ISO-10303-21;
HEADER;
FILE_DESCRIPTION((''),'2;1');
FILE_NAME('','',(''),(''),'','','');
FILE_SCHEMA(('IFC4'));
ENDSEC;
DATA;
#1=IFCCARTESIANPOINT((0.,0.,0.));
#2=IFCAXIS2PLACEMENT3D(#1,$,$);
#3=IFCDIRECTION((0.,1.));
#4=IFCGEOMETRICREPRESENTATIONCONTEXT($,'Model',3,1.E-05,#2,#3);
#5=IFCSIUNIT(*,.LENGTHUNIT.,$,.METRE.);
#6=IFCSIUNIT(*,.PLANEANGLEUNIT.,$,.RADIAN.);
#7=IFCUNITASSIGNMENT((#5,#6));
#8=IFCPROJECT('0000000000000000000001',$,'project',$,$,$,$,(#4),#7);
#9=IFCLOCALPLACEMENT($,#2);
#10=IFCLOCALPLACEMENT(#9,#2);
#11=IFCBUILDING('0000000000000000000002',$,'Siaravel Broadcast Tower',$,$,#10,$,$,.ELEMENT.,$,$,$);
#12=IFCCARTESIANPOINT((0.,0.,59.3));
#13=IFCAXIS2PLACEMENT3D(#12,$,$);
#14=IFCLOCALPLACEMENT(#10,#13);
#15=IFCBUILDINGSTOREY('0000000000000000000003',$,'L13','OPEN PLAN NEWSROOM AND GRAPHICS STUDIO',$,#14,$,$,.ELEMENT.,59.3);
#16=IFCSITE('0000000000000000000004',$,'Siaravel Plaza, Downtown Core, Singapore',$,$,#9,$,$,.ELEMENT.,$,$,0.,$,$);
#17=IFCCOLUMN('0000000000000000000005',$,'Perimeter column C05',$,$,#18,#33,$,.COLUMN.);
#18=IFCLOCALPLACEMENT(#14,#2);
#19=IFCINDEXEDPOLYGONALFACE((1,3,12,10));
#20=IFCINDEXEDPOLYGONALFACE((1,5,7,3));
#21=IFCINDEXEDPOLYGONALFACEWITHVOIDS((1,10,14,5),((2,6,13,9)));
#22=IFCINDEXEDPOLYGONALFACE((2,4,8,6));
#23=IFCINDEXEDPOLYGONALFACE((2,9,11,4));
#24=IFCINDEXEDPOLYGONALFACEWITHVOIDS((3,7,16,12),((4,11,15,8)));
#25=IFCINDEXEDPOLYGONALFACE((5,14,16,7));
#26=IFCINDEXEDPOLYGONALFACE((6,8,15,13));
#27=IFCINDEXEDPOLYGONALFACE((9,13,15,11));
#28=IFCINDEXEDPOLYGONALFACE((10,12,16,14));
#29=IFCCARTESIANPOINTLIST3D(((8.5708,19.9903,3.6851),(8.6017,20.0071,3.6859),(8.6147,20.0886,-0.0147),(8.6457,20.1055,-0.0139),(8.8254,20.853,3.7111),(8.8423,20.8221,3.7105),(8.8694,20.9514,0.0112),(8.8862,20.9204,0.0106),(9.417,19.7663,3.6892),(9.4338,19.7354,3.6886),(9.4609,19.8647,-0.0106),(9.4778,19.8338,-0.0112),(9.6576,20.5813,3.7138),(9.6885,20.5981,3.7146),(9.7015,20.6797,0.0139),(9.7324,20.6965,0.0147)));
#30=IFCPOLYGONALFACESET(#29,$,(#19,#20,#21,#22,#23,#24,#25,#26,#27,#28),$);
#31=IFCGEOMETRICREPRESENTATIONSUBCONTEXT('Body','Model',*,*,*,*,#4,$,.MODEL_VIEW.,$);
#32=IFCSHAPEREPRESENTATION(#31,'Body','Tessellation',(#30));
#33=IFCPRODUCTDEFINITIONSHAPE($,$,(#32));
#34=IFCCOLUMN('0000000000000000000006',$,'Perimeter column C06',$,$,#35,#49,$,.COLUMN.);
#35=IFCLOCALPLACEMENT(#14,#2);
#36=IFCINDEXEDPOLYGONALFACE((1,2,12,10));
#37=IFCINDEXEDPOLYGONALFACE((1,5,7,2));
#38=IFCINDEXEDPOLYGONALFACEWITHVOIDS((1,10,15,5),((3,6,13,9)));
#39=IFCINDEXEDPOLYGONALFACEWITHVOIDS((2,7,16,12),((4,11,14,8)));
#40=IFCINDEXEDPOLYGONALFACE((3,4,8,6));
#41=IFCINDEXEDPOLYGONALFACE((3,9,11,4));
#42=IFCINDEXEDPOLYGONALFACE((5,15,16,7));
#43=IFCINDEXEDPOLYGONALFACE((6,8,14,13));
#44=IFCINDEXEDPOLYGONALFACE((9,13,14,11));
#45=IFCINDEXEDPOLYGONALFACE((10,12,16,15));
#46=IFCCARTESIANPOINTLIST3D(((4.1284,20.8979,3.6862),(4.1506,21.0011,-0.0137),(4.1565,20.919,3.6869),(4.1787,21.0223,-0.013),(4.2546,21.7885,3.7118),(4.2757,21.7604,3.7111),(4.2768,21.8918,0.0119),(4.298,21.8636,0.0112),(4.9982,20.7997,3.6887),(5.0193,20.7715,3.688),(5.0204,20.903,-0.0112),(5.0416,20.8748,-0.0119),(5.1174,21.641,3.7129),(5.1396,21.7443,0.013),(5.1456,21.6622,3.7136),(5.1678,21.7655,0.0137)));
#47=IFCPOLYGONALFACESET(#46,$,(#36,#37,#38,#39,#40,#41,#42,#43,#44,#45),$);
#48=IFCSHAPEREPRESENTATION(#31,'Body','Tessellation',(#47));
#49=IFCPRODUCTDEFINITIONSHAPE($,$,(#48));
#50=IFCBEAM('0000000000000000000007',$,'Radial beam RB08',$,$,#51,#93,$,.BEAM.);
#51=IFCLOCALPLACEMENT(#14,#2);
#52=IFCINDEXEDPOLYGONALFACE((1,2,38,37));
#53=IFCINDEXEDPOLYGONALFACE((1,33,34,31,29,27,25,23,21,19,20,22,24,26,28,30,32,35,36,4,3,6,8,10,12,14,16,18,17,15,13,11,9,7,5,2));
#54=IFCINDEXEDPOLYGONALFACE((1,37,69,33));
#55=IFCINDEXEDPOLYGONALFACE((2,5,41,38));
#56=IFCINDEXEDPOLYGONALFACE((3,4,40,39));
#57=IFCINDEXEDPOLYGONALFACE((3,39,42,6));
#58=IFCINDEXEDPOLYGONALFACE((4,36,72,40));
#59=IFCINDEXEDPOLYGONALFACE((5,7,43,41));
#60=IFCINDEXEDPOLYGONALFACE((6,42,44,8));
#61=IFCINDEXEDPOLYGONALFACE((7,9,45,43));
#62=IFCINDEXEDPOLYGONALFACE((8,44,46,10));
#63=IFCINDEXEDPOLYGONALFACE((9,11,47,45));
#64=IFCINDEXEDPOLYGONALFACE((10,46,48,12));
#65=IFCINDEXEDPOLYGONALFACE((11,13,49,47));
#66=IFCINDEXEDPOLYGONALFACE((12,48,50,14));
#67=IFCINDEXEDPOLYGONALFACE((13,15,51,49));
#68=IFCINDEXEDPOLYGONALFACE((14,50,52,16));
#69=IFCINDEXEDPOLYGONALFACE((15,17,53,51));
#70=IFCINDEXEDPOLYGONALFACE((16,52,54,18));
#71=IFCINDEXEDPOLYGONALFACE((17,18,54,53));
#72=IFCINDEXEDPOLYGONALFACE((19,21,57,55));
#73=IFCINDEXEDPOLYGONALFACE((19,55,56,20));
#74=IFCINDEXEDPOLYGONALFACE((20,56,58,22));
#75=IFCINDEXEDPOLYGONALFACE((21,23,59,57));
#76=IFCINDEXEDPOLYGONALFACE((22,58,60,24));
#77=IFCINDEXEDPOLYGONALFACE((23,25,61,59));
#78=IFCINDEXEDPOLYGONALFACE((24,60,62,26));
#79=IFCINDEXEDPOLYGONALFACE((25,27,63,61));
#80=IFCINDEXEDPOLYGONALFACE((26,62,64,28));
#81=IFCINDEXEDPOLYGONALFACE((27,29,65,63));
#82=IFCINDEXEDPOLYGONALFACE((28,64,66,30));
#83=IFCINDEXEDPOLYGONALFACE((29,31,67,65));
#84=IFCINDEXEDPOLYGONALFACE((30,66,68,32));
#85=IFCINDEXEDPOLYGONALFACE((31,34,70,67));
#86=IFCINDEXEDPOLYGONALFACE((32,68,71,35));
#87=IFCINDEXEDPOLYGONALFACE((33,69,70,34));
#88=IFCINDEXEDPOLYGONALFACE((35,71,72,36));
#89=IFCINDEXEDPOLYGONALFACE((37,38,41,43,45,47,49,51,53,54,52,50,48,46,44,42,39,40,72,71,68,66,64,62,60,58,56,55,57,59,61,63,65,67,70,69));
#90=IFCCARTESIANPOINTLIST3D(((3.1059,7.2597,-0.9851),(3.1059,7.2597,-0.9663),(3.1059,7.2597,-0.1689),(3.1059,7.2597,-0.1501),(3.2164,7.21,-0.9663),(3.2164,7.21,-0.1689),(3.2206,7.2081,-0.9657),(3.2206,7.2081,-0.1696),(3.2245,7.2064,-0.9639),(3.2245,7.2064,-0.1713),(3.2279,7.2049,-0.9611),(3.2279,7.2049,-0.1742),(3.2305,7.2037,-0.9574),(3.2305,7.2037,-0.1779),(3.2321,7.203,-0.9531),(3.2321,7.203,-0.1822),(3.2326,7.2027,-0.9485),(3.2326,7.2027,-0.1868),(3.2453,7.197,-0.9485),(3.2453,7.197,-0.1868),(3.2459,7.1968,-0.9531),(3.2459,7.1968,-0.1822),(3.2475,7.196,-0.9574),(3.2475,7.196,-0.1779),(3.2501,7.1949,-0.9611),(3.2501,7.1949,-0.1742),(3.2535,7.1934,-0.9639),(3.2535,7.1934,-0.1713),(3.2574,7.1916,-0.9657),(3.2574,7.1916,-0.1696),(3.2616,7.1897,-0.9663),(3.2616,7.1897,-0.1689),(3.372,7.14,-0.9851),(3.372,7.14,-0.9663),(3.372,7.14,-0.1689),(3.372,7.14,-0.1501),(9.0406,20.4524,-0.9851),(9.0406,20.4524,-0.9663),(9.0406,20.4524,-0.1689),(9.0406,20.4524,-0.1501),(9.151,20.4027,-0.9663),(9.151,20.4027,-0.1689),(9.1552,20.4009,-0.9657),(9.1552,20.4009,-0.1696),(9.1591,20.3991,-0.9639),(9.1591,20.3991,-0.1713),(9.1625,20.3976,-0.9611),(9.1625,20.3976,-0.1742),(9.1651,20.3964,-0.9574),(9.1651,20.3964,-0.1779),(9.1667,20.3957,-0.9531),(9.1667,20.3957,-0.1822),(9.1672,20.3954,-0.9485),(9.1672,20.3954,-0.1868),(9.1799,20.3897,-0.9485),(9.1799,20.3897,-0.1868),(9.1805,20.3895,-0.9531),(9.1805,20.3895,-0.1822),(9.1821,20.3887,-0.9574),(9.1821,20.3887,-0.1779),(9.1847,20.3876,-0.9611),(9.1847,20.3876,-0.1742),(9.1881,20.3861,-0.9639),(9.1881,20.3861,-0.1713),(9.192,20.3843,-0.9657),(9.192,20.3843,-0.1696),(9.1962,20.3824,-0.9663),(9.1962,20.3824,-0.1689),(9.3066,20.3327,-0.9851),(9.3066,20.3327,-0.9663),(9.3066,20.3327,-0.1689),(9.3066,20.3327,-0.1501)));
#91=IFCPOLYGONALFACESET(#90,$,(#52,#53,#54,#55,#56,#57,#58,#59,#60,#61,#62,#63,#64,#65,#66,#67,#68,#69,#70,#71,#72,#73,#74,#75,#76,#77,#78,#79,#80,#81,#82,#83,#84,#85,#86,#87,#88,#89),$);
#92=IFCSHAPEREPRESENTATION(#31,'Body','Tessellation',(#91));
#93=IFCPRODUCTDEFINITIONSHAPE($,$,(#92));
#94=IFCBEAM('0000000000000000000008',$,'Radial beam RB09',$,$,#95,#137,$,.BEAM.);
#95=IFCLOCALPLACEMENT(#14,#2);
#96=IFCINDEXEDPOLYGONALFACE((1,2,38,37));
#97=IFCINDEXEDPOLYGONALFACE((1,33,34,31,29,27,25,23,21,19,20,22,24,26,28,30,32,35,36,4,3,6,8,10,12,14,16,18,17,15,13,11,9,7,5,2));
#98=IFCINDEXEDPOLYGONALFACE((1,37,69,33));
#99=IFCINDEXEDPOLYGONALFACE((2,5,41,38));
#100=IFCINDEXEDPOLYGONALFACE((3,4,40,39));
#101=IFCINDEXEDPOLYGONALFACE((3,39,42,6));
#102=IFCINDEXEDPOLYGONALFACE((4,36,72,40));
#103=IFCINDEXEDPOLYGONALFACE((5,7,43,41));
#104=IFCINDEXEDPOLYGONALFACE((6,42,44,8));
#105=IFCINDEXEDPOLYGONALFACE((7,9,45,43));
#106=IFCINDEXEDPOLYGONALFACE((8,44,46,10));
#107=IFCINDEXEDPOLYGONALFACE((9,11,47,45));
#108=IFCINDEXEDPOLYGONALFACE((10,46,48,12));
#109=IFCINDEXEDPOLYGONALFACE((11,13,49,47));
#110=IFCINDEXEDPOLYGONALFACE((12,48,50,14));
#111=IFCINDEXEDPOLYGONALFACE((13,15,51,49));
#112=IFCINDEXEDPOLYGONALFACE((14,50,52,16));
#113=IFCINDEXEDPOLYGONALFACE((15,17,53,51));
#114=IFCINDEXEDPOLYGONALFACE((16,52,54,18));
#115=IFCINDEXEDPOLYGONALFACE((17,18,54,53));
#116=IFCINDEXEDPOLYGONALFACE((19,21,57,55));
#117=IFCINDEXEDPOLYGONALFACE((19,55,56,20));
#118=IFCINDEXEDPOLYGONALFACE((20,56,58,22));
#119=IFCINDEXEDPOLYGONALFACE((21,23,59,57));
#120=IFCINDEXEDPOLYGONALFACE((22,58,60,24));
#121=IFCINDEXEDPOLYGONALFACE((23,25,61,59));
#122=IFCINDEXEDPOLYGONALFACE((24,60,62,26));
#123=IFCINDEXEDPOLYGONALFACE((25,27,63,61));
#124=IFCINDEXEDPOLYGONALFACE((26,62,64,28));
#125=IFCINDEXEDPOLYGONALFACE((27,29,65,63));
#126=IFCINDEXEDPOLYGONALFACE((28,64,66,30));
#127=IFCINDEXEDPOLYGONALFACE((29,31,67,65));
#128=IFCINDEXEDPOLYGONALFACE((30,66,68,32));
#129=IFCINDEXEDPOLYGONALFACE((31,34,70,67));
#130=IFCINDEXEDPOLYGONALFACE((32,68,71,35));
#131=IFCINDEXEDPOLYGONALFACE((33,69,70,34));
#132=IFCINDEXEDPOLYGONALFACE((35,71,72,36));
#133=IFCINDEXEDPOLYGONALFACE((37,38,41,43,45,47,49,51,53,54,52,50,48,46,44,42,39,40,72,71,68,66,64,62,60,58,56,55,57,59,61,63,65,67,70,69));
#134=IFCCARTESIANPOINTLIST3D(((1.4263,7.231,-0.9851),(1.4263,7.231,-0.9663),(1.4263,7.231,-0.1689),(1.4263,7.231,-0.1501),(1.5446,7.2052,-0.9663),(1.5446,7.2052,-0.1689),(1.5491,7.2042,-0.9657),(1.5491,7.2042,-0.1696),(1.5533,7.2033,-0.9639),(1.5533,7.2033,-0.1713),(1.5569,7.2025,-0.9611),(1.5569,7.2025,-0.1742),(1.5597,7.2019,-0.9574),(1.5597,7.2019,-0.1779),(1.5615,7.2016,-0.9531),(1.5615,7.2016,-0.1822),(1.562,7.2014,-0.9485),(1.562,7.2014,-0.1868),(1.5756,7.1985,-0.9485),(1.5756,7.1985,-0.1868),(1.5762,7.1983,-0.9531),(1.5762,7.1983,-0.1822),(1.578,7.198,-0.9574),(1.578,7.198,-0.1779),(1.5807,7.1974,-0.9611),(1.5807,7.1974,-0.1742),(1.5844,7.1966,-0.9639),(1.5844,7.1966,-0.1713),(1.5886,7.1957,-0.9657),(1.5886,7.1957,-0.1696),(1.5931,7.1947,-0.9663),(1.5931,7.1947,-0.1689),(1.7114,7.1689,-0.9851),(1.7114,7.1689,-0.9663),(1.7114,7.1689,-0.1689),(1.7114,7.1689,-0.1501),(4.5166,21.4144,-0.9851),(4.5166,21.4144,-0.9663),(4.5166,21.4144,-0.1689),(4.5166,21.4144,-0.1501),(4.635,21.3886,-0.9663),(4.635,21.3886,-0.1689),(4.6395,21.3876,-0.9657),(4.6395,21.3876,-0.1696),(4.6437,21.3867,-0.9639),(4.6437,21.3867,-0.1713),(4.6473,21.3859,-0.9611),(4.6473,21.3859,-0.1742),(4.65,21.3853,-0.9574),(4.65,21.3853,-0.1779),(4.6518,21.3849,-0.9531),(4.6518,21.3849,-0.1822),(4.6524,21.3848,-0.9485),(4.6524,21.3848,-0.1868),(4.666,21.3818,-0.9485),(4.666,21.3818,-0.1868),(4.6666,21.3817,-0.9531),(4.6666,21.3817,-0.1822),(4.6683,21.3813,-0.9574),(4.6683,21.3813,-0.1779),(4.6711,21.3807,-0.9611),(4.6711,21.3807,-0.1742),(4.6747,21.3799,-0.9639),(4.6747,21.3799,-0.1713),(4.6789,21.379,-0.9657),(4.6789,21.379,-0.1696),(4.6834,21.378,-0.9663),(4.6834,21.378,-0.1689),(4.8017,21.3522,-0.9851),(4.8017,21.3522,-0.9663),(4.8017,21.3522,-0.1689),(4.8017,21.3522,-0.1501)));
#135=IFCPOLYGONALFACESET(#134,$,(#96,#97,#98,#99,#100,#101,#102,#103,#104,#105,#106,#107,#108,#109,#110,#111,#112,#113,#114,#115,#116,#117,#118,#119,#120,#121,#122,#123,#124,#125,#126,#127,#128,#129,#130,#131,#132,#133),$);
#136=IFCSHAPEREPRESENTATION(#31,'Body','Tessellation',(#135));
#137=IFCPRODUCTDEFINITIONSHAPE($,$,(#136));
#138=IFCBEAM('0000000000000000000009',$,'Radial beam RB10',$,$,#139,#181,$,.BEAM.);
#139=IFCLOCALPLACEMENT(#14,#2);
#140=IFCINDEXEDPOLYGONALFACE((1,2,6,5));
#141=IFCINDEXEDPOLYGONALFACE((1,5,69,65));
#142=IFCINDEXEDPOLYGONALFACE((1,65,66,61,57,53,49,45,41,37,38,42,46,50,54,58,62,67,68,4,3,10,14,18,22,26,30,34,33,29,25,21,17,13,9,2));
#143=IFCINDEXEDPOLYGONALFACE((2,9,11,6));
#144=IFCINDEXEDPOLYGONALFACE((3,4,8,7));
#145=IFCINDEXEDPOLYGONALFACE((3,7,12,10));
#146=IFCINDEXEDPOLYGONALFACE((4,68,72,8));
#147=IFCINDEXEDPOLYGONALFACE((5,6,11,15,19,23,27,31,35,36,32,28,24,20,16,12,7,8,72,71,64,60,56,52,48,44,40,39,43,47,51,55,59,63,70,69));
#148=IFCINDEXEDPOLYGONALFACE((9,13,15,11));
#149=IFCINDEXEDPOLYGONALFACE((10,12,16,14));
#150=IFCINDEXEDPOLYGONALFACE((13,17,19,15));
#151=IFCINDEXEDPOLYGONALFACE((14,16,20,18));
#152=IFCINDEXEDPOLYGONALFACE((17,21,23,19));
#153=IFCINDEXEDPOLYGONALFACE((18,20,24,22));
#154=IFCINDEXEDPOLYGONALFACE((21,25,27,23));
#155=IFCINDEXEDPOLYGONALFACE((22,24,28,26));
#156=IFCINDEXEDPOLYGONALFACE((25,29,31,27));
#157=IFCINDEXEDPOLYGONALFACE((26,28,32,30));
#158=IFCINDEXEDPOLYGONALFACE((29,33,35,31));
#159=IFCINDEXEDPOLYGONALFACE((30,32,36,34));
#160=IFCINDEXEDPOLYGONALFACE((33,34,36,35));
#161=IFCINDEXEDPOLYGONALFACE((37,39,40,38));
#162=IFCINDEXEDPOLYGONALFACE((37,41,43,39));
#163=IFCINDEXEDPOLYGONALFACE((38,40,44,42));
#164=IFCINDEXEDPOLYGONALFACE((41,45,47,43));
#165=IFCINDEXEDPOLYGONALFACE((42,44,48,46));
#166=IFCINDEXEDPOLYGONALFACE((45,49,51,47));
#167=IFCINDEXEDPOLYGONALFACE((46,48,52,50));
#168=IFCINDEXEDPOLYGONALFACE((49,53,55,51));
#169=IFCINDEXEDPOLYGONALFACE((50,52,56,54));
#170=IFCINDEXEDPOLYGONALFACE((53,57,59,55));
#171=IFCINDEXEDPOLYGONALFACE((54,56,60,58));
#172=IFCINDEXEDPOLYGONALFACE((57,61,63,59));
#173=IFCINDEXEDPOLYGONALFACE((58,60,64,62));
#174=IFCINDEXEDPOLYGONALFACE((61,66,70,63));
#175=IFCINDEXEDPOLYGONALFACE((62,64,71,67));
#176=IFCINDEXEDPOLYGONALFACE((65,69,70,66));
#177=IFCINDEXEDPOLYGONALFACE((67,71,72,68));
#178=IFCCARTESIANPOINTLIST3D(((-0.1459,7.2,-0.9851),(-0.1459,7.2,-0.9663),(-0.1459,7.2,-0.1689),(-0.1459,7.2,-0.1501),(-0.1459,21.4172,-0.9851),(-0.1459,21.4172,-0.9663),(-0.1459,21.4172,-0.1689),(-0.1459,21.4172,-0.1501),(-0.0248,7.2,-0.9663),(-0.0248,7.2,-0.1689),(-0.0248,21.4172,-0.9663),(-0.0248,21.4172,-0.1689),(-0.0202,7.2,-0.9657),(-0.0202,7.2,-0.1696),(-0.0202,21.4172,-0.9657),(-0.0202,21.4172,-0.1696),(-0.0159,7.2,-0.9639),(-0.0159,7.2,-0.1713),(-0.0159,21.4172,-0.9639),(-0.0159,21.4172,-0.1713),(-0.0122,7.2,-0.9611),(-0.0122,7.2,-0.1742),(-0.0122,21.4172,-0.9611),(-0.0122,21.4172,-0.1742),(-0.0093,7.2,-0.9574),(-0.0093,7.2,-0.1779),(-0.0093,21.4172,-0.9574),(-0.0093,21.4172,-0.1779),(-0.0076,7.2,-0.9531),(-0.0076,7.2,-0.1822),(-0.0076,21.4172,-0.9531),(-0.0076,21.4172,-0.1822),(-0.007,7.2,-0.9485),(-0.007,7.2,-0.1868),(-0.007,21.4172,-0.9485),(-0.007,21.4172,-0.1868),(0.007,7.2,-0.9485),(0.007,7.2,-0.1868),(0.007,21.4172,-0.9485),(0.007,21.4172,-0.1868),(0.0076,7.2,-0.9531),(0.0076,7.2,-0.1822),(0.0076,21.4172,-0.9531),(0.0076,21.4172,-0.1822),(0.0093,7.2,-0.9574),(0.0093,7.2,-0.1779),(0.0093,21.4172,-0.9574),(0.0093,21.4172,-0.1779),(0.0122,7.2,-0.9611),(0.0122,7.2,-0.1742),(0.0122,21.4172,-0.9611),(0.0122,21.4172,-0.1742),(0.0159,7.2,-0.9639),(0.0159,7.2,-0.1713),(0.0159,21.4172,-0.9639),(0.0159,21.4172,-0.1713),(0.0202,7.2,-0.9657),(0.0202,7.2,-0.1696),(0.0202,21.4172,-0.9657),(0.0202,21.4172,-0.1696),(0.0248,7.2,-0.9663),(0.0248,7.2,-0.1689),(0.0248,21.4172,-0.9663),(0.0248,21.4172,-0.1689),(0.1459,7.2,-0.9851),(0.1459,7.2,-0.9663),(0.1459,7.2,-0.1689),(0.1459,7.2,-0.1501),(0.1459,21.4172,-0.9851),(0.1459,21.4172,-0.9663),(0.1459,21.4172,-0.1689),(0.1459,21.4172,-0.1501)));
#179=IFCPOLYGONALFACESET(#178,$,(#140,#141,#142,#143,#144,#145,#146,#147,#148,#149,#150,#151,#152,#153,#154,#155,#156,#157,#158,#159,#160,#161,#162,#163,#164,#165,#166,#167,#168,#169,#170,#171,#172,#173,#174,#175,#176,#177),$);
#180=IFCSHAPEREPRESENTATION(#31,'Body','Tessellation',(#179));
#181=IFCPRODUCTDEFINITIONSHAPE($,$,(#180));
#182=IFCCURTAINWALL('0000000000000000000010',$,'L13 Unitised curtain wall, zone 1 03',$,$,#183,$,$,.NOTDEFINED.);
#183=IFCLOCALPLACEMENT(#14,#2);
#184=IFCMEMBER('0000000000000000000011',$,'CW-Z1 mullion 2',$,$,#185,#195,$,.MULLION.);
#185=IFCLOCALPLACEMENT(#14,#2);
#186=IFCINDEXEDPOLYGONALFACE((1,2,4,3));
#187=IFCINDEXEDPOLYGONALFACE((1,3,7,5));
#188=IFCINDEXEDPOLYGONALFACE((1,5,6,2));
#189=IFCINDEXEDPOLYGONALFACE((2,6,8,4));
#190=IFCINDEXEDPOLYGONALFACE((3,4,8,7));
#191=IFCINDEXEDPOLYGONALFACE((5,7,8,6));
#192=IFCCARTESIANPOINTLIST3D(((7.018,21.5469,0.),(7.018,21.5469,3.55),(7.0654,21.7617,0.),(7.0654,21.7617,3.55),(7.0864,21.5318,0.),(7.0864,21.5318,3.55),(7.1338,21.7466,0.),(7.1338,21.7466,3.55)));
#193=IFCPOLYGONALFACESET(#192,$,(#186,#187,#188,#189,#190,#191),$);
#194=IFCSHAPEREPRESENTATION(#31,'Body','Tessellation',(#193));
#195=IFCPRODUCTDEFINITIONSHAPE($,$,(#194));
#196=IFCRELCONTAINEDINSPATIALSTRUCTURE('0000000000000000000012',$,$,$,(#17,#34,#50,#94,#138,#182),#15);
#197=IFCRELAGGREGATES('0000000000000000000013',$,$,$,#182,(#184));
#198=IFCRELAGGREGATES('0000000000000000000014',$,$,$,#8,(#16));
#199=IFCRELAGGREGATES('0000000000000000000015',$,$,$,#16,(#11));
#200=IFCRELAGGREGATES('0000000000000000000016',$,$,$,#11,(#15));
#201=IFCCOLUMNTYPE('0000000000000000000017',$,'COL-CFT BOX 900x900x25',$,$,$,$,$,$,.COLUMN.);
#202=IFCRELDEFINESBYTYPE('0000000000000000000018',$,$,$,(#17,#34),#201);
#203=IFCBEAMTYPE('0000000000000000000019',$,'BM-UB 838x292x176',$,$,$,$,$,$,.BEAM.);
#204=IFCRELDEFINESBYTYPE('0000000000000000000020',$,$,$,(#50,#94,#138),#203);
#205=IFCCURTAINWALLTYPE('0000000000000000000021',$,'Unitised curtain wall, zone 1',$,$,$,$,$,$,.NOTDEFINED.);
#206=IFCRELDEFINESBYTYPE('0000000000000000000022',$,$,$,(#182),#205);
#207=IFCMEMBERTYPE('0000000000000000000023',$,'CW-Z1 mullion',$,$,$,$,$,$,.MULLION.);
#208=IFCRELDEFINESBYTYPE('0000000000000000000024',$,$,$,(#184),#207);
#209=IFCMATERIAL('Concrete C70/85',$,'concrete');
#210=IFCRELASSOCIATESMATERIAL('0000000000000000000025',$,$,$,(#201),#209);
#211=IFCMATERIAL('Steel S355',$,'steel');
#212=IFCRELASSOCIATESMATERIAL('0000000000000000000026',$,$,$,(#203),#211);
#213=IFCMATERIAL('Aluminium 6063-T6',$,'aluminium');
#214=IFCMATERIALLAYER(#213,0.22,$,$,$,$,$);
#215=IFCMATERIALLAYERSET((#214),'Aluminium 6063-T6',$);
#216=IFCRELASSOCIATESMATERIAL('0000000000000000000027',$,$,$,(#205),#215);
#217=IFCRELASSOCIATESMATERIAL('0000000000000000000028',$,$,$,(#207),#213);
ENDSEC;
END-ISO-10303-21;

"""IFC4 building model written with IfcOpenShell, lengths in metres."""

from ifc_helpers import new_model, si_unit, direction, frame, origin, origin_2d, place, context, subcontext, project, spatial, rectangle, hollow_rectangle, i_section, extrude, material, layer, layer_set, material_profile, profile_set, type_object, element, aggregate, save


model = new_model("IFC4")

# Units and contexts
model_context = context("Model", 3, precision=1e-05, world=origin(), true_north=direction((0.0, 1.0)))
body_context = subcontext(model_context, "Body", "Model", "MODEL_VIEW")
ifc_project = project(units=[si_unit("LENGTHUNIT", "METRE"), si_unit("PLANEANGLEUNIT", "RADIAN")], contexts=[model_context])

# Site, building, storey
site_placement = place(None, origin())
site = spatial("IfcSite", under=ifc_project, at=site_placement, Name="Siaravel Plaza, Downtown Core, Singapore", CompositionType="ELEMENT", RefElevation=0.0)
building_placement = place(site_placement, origin())
building = spatial("IfcBuilding", under=site, at=building_placement, Name="Siaravel Broadcast Tower", CompositionType="ELEMENT")
storey_placement = place(building_placement, frame((0.0, 0.0, 59.3)))
storey = spatial("IfcBuildingStorey", under=building, at=storey_placement, Name="L13", Description="OPEN PLAN NEWSROOM AND GRAPHICS STUDIO", CompositionType="ELEMENT", Elevation=59.3)

# Columns
ifc_material_1 = material(Name="Concrete C70/85", Category="concrete")
ifc_material_profile_1 = material_profile(ifc_material_1, hollow_rectangle(XDim=0.8999, YDim=0.8999, WallThickness=0.0249, at=origin_2d()))
ifc_profile_set_1 = profile_set([ifc_material_profile_1], Name="Concrete C70/85")
column_type = type_object("IfcColumnType", Name="COL-CFT BOX 900x900x25", PredefinedType="COLUMN", material=ifc_profile_set_1)
for number, where, z_axis, x_axis, name in (
    (1, (9.1736, 20.3926, 0.0), (-0.011872, -0.026581, 0.999576), (0.95905, -0.283212, 0.00386), "Perimeter column C05"),
    (2, (4.6592, 21.3833, 0.0), (-0.006002, -0.0279, 0.999593), (0.990096, -0.140377, 0.002027), "Perimeter column C06"),
):
    element("IfcColumn", number, at=place(storey_placement, frame(where, z_axis=z_axis, x_axis=x_axis)), inside=storey, type_object=column_type, Name=name, PredefinedType="COLUMN", context=body_context, shape_type="SweptSolid", body=[
        extrude(hollow_rectangle(XDim=0.8999, YDim=0.8999, WallThickness=0.0249, at=origin_2d()), origin(), (0.0, 0.0, 1.0), 3.7014),
    ])

# Beams
ifc_material_2 = material(Name="Steel S355", Category="steel")
ifc_material_profile_2 = material_profile(ifc_material_2, i_section(OverallWidth=0.2917, OverallDepth=0.835, WebThickness=0.0139, FlangeThickness=0.0188, FilletRadius=0.0178, at=origin_2d()))
ifc_profile_set_2 = profile_set([ifc_material_profile_2], Name="Steel S355")
beam_type = type_object("IfcBeamType", Name="BM-UB 838x292x176", PredefinedType="BEAM", material=ifc_profile_set_2)
beam_1_placement = place(storey_placement, frame((9.1736, 20.3926, -0.5676), z_axis=(-0.410243, -0.911976, 0.0), x_axis=(0.911976, -0.410243, 0.0)))
element("IfcBeam", 3, at=beam_1_placement, inside=storey, type_object=beam_type, Name="Radial beam RB08", PredefinedType="BEAM", context=body_context, shape_type="SweptSolid", body=[
    extrude(i_section(OverallWidth=0.2917, OverallDepth=0.835, WebThickness=0.0139, FlangeThickness=0.0188, FilletRadius=0.0178, at=origin_2d()), origin(), (0.0, 0.0, 1.0), 14.4661),
])
beam_2_placement = place(storey_placement, frame((4.6592, 21.3833, -0.5676), z_axis=(-0.21289, -0.977076, 0.0), x_axis=(0.977076, -0.21289, 0.0)))
element("IfcBeam", 4, at=beam_2_placement, inside=storey, type_object=beam_type, Name="Radial beam RB09", PredefinedType="BEAM", context=body_context, shape_type="SweptSolid", body=[
    extrude(i_section(OverallWidth=0.2917, OverallDepth=0.835, WebThickness=0.0139, FlangeThickness=0.0188, FilletRadius=0.0178, at=origin_2d()), origin(), (0.0, 0.0, 1.0), 14.5161),
])
beam_3_placement = place(storey_placement, frame((0.0, 21.4172, -0.5676), z_axis=(0.0, -1.0, 0.0), x_axis=(1.0, 0.0, 0.0)))
element("IfcBeam", 5, at=beam_3_placement, inside=storey, type_object=beam_type, Name="Radial beam RB10", PredefinedType="BEAM", context=body_context, shape_type="SweptSolid", body=[
    extrude(i_section(OverallWidth=0.2917, OverallDepth=0.835, WebThickness=0.0139, FlangeThickness=0.0188, FilletRadius=0.0178, at=origin_2d()), origin(), (0.0, 0.0, 1.0), 14.2173),
])

# Curtain wall, member
ifc_material_3 = material(Name="Aluminium 6063-T6", Category="aluminium")
ifc_layer_1 = layer(ifc_material_3, 0.22)
ifc_layer_set_1 = layer_set([ifc_layer_1], Name="Aluminium 6063-T6")
curtain_wall_type = type_object("IfcCurtainWallType", Name="Unitised curtain wall, zone 1", PredefinedType="NOTDEFINED", material=ifc_layer_set_1)
curtain_wall_placement = place(storey_placement, origin())
curtain_wall = element("IfcCurtainWall", 6, at=curtain_wall_placement, inside=storey, type_object=curtain_wall_type, Name="L13 Unitised curtain wall, zone 1 03", PredefinedType="NOTDEFINED")
ifc_material_profile_3 = material_profile(ifc_material_3, rectangle(XDim=0.22, YDim=0.0701, at=origin_2d()))
ifc_profile_set_3 = profile_set([ifc_material_profile_3], Name="Aluminium 6063-T6")
member_type_1 = type_object("IfcMemberType", Name="CW-Z1 mullion", PredefinedType="MULLION", material=ifc_profile_set_3)
member_1_placement = place(storey_placement, frame((7.0759, 21.6467, 0.0), z_axis=(0.0, 0.0, 1.0), x_axis=(-0.215557, -0.976491, 0.0)))
member_1 = element("IfcMember", 7, at=member_1_placement, type_object=member_type_1, Name="CW-Z1 mullion 2", PredefinedType="MULLION", context=body_context, shape_type="SweptSolid", body=[
    extrude(rectangle(XDim=0.22, YDim=0.0701, at=origin_2d()), origin(), (0.0, 0.0, 1.0), 3.55),
])

aggregate(curtain_wall, [member_1])

save(model, "model.ifc")
